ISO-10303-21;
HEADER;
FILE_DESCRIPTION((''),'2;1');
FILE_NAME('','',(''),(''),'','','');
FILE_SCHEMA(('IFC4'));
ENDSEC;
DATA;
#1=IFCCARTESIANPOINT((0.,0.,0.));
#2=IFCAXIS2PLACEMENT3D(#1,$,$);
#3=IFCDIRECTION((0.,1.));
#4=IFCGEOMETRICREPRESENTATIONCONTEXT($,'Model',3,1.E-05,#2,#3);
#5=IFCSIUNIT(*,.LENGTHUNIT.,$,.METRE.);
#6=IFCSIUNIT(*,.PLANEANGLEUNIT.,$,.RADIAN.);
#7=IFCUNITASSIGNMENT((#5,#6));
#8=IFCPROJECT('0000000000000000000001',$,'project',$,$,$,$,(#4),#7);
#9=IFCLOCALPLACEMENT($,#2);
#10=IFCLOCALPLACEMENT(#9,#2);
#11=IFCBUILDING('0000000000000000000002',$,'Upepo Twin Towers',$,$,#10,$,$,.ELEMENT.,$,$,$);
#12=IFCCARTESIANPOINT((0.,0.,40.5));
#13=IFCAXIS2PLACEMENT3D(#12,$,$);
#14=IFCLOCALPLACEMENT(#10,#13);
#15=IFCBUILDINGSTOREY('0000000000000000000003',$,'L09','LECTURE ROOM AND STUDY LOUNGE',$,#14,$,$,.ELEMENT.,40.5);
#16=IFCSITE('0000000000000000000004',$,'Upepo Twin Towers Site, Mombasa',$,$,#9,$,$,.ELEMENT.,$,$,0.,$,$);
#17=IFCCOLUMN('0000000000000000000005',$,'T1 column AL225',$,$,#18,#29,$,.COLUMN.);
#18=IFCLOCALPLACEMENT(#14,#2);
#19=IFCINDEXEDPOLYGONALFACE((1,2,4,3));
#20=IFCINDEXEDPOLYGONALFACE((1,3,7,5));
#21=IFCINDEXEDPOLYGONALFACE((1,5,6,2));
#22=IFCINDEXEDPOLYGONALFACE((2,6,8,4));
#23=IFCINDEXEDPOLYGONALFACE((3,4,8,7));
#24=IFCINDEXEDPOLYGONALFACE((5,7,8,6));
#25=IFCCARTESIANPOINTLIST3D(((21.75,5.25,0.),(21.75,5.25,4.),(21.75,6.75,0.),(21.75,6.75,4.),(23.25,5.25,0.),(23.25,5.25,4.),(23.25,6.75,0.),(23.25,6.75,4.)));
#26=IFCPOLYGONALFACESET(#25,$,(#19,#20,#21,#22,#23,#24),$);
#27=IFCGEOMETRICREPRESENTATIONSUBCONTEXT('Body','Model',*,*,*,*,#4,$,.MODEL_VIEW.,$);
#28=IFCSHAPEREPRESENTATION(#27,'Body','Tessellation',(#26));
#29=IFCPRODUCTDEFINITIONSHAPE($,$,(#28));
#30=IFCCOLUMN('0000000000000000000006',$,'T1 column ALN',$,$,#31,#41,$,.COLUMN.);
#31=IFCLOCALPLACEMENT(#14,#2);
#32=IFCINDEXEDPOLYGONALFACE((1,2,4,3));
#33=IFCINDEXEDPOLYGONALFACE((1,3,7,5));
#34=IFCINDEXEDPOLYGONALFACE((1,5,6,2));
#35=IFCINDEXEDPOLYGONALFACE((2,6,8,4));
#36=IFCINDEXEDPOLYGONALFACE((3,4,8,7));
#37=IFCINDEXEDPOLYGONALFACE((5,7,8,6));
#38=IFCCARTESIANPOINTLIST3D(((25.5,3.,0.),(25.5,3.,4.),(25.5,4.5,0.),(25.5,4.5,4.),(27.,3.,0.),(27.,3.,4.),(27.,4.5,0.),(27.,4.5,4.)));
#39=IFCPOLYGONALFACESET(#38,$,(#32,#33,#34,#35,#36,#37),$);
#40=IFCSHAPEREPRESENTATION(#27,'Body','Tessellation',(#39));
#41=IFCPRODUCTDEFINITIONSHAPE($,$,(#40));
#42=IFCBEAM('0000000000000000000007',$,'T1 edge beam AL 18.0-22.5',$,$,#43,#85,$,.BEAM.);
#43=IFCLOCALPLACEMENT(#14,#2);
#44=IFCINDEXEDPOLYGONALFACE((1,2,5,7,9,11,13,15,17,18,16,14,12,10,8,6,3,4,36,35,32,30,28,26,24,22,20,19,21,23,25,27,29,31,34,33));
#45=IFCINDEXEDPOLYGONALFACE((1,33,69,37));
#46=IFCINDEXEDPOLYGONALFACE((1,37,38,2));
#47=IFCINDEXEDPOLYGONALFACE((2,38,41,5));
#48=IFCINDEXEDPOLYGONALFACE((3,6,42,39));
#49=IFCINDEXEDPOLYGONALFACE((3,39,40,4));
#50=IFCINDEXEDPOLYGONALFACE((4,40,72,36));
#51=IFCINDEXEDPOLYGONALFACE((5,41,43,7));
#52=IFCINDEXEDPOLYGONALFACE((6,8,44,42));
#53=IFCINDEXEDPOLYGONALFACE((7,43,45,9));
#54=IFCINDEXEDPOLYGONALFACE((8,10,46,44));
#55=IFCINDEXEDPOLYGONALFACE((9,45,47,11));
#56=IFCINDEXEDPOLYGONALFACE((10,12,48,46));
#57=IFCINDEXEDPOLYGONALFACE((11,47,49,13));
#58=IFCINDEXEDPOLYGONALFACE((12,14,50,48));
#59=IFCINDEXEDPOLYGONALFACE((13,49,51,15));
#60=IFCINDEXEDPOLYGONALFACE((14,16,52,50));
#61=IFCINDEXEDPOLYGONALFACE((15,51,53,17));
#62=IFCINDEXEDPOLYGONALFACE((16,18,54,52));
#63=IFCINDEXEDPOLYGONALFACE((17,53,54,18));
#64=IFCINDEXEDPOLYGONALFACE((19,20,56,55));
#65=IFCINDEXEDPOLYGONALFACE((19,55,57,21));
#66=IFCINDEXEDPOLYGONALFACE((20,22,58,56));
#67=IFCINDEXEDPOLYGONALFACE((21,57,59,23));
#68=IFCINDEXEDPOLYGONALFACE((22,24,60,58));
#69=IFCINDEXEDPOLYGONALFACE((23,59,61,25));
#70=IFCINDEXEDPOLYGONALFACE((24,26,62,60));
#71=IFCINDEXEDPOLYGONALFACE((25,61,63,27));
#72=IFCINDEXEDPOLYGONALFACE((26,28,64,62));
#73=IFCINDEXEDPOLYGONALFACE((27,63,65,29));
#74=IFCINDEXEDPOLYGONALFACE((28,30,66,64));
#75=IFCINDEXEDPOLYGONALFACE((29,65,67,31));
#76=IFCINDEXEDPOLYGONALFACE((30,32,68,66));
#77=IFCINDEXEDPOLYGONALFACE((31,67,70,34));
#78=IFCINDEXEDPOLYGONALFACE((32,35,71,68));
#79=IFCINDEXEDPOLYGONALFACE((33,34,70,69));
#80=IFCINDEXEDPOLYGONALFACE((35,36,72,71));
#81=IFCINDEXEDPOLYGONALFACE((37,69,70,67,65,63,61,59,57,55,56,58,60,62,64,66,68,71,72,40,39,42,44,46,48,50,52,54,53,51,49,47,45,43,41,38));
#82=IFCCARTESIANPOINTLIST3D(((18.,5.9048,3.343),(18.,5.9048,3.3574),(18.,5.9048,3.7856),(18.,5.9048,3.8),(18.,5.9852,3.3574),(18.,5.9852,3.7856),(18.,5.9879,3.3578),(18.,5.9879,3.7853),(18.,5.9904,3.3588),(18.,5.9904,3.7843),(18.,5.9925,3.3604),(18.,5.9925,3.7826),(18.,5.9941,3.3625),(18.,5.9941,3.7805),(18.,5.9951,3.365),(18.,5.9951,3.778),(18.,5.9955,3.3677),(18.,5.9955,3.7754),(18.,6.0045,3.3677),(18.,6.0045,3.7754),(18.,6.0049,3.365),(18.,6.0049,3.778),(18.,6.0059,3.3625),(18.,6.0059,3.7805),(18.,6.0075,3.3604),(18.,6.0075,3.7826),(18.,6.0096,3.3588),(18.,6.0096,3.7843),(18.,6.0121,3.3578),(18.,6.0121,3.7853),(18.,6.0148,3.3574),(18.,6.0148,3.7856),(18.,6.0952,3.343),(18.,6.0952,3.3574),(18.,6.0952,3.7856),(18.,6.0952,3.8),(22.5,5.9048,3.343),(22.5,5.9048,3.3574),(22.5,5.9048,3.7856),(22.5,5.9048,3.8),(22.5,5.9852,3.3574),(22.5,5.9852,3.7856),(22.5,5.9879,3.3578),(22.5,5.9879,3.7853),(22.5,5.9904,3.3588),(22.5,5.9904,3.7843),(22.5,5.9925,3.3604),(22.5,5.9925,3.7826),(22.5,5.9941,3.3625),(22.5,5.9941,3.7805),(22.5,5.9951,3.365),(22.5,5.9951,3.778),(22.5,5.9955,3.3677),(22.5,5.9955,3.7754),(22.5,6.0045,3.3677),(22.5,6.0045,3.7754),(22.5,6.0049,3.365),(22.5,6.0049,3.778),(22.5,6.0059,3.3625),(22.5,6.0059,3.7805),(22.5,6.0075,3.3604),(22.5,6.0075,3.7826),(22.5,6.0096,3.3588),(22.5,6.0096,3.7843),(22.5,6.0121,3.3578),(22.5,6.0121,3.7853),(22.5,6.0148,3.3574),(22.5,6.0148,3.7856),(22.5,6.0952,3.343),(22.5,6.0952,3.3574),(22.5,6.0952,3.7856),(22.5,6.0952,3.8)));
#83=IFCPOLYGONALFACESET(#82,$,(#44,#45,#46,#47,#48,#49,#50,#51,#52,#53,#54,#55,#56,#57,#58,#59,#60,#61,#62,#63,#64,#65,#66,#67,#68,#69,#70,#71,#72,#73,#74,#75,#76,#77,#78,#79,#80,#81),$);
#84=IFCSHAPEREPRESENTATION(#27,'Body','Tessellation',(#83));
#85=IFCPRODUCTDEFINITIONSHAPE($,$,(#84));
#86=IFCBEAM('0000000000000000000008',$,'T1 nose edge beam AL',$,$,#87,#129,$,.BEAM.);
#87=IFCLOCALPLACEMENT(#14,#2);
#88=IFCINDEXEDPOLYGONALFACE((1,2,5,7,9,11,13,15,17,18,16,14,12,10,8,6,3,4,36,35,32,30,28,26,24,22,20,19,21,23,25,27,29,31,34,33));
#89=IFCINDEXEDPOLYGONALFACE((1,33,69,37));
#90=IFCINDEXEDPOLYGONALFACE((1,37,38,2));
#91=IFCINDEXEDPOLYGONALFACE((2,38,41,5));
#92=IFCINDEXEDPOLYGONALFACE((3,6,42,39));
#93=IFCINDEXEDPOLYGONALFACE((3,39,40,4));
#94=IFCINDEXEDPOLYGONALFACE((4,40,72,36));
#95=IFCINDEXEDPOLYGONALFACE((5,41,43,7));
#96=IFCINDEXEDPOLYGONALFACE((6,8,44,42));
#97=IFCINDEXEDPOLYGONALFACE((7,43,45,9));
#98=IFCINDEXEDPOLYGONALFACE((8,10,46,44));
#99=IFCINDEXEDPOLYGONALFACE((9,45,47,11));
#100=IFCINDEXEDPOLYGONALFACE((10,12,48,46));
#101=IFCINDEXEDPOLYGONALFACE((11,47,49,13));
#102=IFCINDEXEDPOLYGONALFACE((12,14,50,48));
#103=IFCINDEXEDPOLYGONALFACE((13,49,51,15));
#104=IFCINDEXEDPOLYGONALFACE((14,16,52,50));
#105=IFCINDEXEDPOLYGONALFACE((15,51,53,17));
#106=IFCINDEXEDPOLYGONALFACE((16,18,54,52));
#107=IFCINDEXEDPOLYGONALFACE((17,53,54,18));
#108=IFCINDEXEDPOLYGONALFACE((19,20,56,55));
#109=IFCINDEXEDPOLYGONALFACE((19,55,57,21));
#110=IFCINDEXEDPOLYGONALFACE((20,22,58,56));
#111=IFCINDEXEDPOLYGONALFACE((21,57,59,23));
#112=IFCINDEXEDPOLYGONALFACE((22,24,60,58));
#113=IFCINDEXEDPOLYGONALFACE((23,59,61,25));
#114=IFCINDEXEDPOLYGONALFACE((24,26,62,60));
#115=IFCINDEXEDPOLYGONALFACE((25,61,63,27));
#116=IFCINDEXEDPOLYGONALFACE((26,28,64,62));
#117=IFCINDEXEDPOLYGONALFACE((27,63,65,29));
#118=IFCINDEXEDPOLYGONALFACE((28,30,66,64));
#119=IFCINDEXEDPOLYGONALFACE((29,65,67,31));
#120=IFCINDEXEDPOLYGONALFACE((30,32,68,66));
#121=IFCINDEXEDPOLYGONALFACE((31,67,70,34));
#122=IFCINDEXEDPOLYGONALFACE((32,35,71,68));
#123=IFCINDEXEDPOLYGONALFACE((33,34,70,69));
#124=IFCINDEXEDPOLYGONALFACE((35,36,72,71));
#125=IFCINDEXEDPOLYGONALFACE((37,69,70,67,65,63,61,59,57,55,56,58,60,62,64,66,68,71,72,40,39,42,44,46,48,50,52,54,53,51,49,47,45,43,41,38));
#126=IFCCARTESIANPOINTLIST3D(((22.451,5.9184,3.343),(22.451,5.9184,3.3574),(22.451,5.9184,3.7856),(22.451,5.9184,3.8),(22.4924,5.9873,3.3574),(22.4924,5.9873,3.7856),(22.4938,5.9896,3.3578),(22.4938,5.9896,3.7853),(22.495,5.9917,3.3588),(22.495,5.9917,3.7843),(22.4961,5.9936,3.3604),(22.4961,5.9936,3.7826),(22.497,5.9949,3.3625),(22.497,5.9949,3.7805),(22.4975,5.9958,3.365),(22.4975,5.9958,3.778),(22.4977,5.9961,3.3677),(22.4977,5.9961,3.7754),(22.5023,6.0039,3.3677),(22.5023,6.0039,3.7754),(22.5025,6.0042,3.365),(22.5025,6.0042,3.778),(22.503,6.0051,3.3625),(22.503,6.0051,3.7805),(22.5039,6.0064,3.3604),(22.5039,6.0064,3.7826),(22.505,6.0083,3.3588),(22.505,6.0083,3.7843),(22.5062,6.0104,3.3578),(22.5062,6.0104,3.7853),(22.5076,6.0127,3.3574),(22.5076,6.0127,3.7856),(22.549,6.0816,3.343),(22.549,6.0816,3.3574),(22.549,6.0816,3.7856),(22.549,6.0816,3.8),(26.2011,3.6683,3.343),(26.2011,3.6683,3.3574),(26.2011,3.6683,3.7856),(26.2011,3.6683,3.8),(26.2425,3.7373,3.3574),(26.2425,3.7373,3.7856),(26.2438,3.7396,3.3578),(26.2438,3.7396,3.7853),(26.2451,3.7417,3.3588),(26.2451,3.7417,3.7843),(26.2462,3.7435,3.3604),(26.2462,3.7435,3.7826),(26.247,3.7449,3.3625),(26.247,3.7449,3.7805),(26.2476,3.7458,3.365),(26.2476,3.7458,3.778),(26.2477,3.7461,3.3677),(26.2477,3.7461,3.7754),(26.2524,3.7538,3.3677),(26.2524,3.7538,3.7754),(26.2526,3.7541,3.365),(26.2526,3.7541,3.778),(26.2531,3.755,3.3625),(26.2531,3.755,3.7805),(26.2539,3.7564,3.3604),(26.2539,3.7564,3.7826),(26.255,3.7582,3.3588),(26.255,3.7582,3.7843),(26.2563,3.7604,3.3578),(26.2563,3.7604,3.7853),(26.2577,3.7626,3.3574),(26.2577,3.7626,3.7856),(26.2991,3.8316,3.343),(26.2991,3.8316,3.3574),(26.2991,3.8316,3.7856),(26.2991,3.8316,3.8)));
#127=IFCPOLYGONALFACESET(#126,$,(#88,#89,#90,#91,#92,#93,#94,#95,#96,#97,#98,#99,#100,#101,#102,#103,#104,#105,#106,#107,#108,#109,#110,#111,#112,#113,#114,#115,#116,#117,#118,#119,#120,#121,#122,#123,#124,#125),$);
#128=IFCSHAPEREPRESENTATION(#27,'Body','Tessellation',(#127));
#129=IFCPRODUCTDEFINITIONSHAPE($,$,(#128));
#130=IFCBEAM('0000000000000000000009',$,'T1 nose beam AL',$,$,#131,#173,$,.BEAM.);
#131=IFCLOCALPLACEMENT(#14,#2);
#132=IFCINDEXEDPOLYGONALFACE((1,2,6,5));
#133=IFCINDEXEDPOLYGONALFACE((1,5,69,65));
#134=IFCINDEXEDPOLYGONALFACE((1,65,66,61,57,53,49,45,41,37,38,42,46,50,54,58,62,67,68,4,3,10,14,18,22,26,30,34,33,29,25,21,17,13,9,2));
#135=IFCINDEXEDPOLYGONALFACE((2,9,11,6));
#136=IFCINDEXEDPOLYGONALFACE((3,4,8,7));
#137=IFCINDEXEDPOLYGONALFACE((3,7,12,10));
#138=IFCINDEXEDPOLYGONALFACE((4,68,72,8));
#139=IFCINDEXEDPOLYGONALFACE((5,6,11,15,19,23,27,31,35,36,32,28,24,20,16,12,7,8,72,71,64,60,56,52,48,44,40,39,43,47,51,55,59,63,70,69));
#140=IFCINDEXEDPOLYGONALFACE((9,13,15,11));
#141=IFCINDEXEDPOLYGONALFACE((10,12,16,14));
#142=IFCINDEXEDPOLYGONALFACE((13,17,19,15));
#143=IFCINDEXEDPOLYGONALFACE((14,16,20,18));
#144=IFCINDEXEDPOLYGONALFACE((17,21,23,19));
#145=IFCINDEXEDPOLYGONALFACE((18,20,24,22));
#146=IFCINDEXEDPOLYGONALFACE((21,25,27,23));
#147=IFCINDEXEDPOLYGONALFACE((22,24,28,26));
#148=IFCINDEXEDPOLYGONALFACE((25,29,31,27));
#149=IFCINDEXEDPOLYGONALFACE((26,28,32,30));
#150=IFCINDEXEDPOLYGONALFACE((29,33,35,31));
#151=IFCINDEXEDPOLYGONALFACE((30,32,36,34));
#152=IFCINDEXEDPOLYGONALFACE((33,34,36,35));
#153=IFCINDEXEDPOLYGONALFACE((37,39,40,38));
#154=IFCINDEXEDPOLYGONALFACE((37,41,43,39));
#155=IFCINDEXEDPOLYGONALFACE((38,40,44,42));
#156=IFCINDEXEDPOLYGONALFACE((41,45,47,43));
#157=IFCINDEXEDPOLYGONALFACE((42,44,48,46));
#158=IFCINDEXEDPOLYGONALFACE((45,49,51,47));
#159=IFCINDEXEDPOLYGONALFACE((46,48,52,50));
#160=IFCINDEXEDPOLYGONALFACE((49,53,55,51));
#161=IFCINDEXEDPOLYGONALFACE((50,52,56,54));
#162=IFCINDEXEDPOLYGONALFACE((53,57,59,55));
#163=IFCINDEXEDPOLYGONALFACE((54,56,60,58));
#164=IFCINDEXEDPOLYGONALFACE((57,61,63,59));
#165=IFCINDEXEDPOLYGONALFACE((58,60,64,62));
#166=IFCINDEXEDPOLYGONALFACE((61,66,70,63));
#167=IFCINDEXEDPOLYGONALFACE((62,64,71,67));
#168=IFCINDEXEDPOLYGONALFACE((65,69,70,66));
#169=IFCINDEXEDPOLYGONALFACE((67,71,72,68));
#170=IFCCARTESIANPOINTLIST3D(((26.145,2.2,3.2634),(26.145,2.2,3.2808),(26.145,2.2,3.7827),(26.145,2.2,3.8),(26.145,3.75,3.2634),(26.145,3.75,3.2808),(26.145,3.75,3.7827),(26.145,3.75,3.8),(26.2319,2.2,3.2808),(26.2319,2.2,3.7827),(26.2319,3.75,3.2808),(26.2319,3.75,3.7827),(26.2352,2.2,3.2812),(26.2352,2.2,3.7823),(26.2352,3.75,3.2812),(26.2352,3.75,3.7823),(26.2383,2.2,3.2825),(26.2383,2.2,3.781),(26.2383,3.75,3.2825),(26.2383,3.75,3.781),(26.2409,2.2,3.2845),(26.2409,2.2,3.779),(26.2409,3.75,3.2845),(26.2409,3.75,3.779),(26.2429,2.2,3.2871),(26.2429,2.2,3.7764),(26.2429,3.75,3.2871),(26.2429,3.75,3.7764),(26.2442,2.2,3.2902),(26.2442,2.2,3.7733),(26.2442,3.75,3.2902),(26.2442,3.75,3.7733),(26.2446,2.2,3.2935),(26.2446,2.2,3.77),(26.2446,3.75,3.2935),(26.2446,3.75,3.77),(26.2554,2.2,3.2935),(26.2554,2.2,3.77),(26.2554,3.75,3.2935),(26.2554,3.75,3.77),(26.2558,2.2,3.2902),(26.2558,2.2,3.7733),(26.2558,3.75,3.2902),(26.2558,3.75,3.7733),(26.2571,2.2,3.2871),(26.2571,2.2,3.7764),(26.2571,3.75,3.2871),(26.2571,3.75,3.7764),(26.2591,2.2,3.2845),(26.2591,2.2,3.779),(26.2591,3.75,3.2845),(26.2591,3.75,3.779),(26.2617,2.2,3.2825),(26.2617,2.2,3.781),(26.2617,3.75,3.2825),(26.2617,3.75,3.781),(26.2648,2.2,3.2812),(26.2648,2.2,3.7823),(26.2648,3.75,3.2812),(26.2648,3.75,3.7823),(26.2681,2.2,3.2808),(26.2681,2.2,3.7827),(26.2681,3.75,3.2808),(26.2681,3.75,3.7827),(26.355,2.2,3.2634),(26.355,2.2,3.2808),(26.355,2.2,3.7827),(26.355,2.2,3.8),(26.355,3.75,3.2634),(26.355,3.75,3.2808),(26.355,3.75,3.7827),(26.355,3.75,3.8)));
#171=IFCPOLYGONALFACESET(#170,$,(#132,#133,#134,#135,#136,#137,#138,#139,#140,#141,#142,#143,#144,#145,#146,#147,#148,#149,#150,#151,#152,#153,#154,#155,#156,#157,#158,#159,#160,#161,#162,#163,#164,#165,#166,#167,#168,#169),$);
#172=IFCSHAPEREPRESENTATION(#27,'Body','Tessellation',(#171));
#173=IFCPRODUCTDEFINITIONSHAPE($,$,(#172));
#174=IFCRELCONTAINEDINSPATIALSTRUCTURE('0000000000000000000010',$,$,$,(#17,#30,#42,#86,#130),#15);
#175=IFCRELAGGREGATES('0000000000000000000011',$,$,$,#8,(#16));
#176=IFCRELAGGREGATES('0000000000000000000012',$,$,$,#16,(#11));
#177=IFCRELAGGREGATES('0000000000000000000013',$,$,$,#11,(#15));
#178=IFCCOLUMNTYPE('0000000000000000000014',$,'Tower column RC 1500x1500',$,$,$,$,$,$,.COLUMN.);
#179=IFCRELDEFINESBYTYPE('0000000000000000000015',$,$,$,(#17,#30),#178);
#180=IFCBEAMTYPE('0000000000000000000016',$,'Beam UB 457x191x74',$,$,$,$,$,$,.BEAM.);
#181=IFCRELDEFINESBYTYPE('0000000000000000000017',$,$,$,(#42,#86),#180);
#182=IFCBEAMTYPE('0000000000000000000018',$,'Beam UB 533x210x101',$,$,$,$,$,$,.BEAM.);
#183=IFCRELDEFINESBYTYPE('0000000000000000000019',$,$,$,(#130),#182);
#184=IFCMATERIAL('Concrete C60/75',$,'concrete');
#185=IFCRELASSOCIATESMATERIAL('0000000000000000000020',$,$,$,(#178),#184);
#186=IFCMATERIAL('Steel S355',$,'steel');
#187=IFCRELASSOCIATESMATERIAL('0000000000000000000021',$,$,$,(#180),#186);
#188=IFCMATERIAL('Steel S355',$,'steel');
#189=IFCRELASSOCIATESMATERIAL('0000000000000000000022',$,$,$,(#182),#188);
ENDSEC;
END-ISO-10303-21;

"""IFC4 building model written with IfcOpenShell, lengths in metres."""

from ifc_helpers import new_model, si_unit, direction, frame, origin, origin_2d, place, context, subcontext, project, spatial, rectangle, i_section, extrude, material, material_profile, profile_set, type_object, element, save


model = new_model("IFC4")

# Units and contexts
model_context = context("Model", 3, precision=1e-05, world=origin(), true_north=direction((0.0, 1.0)))
body_context = subcontext(model_context, "Body", "Model", "MODEL_VIEW")
ifc_project = project(units=[si_unit("LENGTHUNIT", "METRE"), si_unit("PLANEANGLEUNIT", "RADIAN")], contexts=[model_context])

# Site, building, storey
site_placement = place(None, origin())
site = spatial("IfcSite", under=ifc_project, at=site_placement, Name="Upepo Twin Towers Site, Mombasa", CompositionType="ELEMENT", RefElevation=0.0)
building_placement = place(site_placement, origin())
building = spatial("IfcBuilding", under=site, at=building_placement, Name="Upepo Twin Towers", CompositionType="ELEMENT")
storey_placement = place(building_placement, frame((0.0, 0.0, 40.5)))
storey = spatial("IfcBuildingStorey", under=building, at=storey_placement, Name="L09", Description="LECTURE ROOM AND STUDY LOUNGE", CompositionType="ELEMENT", Elevation=40.5)

# Columns
ifc_material_1 = material(Name="Concrete C60/75", Category="concrete")
ifc_material_profile_1 = material_profile(ifc_material_1, rectangle(XDim=1.5, YDim=1.5, at=origin_2d()), Name="RC 1500x1500")
ifc_profile_set_1 = profile_set([ifc_material_profile_1], Name="Concrete C60/75")
column_type = type_object("IfcColumnType", Name="Tower column RC 1500x1500", PredefinedType="COLUMN", material=ifc_profile_set_1)
for number, where, z_axis, x_axis, name in (
    (1, (22.5, 6.0, 0.0), (0.0, 0.0, 1.0), (1.0, 0.0, 0.0), "T1 column AL225"),
    (2, (26.25, 3.75, 0.0), (0.0, 0.0, 1.0), (1.0, 0.0, 0.0), "T1 column ALN"),
):
    element("IfcColumn", number, at=place(storey_placement, frame(where, z_axis=z_axis, x_axis=x_axis)), inside=storey, type_object=column_type, Name=name, PredefinedType="COLUMN", context=body_context, shape_type="SweptSolid", body=[
        extrude(rectangle(XDim=1.5, YDim=1.5, at=origin_2d()), origin(), (0.0, 0.0, 1.0), 4.0),
    ])

# Beams
ifc_material_2 = material(Name="Steel S355", Category="steel")
ifc_material_profile_2 = material_profile(ifc_material_2, i_section(OverallWidth=0.1904, OverallDepth=0.457, WebThickness=0.009, FlangeThickness=0.0144, FilletRadius=0.0103, at=origin_2d()), Name="UB 457x191x74")
ifc_profile_set_2 = profile_set([ifc_material_profile_2], Name="Steel S355")
beam_type_1 = type_object("IfcBeamType", Name="Beam UB 457x191x74", PredefinedType="BEAM", material=ifc_profile_set_2)
beam_1_placement = place(storey_placement, frame((18.0, 6.0, 3.5715), z_axis=(1.0, 0.0, 0.0), x_axis=(0.0, 1.0, 0.0)))
element("IfcBeam", 3, at=beam_1_placement, inside=storey, type_object=beam_type_1, Name="T1 edge beam AL 18.0-22.5", PredefinedType="BEAM", context=body_context, shape_type="SweptSolid", body=[
    extrude(i_section(OverallWidth=0.1904, OverallDepth=0.457, WebThickness=0.009, FlangeThickness=0.0144, FilletRadius=0.0103, at=origin_2d()), origin(), (0.0, 0.0, 1.0), 4.5),
])
beam_2_placement = place(storey_placement, frame((22.5, 6.0, 3.5715), z_axis=(0.857493, -0.514496, 0.0), x_axis=(0.514496, 0.857493, 0.0)))
element("IfcBeam", 4, at=beam_2_placement, inside=storey, type_object=beam_type_1, Name="T1 nose edge beam AL", PredefinedType="BEAM", context=body_context, shape_type="SweptSolid", body=[
    extrude(i_section(OverallWidth=0.1904, OverallDepth=0.457, WebThickness=0.009, FlangeThickness=0.0144, FilletRadius=0.0103, at=origin_2d()), origin(), (0.0, 0.0, 1.0), 4.3733),
])
ifc_material_3 = material(Name="Steel S355", Category="steel")
ifc_material_profile_3 = material_profile(ifc_material_3, i_section(OverallWidth=0.21, OverallDepth=0.5366, WebThickness=0.0107, FlangeThickness=0.0173, FilletRadius=0.0127, at=origin_2d()), Name="UB 533x210x101")
ifc_profile_set_3 = profile_set([ifc_material_profile_3], Name="Steel S355")
beam_type_2 = type_object("IfcBeamType", Name="Beam UB 533x210x101", PredefinedType="BEAM", material=ifc_profile_set_3)
beam_3_placement = place(storey_placement, frame((26.25, 3.75, 3.5317), z_axis=(0.0, -1.0, 0.0), x_axis=(1.0, 0.0, 0.0)))
element("IfcBeam", 5, at=beam_3_placement, inside=storey, type_object=beam_type_2, Name="T1 nose beam AL", PredefinedType="BEAM", context=body_context, shape_type="SweptSolid", body=[
    extrude(i_section(OverallWidth=0.21, OverallDepth=0.5366, WebThickness=0.0107, FlangeThickness=0.0173, FilletRadius=0.0127, at=origin_2d()), origin(), (0.0, 0.0, 1.0), 1.55),
])

save(model, "model.ifc")
